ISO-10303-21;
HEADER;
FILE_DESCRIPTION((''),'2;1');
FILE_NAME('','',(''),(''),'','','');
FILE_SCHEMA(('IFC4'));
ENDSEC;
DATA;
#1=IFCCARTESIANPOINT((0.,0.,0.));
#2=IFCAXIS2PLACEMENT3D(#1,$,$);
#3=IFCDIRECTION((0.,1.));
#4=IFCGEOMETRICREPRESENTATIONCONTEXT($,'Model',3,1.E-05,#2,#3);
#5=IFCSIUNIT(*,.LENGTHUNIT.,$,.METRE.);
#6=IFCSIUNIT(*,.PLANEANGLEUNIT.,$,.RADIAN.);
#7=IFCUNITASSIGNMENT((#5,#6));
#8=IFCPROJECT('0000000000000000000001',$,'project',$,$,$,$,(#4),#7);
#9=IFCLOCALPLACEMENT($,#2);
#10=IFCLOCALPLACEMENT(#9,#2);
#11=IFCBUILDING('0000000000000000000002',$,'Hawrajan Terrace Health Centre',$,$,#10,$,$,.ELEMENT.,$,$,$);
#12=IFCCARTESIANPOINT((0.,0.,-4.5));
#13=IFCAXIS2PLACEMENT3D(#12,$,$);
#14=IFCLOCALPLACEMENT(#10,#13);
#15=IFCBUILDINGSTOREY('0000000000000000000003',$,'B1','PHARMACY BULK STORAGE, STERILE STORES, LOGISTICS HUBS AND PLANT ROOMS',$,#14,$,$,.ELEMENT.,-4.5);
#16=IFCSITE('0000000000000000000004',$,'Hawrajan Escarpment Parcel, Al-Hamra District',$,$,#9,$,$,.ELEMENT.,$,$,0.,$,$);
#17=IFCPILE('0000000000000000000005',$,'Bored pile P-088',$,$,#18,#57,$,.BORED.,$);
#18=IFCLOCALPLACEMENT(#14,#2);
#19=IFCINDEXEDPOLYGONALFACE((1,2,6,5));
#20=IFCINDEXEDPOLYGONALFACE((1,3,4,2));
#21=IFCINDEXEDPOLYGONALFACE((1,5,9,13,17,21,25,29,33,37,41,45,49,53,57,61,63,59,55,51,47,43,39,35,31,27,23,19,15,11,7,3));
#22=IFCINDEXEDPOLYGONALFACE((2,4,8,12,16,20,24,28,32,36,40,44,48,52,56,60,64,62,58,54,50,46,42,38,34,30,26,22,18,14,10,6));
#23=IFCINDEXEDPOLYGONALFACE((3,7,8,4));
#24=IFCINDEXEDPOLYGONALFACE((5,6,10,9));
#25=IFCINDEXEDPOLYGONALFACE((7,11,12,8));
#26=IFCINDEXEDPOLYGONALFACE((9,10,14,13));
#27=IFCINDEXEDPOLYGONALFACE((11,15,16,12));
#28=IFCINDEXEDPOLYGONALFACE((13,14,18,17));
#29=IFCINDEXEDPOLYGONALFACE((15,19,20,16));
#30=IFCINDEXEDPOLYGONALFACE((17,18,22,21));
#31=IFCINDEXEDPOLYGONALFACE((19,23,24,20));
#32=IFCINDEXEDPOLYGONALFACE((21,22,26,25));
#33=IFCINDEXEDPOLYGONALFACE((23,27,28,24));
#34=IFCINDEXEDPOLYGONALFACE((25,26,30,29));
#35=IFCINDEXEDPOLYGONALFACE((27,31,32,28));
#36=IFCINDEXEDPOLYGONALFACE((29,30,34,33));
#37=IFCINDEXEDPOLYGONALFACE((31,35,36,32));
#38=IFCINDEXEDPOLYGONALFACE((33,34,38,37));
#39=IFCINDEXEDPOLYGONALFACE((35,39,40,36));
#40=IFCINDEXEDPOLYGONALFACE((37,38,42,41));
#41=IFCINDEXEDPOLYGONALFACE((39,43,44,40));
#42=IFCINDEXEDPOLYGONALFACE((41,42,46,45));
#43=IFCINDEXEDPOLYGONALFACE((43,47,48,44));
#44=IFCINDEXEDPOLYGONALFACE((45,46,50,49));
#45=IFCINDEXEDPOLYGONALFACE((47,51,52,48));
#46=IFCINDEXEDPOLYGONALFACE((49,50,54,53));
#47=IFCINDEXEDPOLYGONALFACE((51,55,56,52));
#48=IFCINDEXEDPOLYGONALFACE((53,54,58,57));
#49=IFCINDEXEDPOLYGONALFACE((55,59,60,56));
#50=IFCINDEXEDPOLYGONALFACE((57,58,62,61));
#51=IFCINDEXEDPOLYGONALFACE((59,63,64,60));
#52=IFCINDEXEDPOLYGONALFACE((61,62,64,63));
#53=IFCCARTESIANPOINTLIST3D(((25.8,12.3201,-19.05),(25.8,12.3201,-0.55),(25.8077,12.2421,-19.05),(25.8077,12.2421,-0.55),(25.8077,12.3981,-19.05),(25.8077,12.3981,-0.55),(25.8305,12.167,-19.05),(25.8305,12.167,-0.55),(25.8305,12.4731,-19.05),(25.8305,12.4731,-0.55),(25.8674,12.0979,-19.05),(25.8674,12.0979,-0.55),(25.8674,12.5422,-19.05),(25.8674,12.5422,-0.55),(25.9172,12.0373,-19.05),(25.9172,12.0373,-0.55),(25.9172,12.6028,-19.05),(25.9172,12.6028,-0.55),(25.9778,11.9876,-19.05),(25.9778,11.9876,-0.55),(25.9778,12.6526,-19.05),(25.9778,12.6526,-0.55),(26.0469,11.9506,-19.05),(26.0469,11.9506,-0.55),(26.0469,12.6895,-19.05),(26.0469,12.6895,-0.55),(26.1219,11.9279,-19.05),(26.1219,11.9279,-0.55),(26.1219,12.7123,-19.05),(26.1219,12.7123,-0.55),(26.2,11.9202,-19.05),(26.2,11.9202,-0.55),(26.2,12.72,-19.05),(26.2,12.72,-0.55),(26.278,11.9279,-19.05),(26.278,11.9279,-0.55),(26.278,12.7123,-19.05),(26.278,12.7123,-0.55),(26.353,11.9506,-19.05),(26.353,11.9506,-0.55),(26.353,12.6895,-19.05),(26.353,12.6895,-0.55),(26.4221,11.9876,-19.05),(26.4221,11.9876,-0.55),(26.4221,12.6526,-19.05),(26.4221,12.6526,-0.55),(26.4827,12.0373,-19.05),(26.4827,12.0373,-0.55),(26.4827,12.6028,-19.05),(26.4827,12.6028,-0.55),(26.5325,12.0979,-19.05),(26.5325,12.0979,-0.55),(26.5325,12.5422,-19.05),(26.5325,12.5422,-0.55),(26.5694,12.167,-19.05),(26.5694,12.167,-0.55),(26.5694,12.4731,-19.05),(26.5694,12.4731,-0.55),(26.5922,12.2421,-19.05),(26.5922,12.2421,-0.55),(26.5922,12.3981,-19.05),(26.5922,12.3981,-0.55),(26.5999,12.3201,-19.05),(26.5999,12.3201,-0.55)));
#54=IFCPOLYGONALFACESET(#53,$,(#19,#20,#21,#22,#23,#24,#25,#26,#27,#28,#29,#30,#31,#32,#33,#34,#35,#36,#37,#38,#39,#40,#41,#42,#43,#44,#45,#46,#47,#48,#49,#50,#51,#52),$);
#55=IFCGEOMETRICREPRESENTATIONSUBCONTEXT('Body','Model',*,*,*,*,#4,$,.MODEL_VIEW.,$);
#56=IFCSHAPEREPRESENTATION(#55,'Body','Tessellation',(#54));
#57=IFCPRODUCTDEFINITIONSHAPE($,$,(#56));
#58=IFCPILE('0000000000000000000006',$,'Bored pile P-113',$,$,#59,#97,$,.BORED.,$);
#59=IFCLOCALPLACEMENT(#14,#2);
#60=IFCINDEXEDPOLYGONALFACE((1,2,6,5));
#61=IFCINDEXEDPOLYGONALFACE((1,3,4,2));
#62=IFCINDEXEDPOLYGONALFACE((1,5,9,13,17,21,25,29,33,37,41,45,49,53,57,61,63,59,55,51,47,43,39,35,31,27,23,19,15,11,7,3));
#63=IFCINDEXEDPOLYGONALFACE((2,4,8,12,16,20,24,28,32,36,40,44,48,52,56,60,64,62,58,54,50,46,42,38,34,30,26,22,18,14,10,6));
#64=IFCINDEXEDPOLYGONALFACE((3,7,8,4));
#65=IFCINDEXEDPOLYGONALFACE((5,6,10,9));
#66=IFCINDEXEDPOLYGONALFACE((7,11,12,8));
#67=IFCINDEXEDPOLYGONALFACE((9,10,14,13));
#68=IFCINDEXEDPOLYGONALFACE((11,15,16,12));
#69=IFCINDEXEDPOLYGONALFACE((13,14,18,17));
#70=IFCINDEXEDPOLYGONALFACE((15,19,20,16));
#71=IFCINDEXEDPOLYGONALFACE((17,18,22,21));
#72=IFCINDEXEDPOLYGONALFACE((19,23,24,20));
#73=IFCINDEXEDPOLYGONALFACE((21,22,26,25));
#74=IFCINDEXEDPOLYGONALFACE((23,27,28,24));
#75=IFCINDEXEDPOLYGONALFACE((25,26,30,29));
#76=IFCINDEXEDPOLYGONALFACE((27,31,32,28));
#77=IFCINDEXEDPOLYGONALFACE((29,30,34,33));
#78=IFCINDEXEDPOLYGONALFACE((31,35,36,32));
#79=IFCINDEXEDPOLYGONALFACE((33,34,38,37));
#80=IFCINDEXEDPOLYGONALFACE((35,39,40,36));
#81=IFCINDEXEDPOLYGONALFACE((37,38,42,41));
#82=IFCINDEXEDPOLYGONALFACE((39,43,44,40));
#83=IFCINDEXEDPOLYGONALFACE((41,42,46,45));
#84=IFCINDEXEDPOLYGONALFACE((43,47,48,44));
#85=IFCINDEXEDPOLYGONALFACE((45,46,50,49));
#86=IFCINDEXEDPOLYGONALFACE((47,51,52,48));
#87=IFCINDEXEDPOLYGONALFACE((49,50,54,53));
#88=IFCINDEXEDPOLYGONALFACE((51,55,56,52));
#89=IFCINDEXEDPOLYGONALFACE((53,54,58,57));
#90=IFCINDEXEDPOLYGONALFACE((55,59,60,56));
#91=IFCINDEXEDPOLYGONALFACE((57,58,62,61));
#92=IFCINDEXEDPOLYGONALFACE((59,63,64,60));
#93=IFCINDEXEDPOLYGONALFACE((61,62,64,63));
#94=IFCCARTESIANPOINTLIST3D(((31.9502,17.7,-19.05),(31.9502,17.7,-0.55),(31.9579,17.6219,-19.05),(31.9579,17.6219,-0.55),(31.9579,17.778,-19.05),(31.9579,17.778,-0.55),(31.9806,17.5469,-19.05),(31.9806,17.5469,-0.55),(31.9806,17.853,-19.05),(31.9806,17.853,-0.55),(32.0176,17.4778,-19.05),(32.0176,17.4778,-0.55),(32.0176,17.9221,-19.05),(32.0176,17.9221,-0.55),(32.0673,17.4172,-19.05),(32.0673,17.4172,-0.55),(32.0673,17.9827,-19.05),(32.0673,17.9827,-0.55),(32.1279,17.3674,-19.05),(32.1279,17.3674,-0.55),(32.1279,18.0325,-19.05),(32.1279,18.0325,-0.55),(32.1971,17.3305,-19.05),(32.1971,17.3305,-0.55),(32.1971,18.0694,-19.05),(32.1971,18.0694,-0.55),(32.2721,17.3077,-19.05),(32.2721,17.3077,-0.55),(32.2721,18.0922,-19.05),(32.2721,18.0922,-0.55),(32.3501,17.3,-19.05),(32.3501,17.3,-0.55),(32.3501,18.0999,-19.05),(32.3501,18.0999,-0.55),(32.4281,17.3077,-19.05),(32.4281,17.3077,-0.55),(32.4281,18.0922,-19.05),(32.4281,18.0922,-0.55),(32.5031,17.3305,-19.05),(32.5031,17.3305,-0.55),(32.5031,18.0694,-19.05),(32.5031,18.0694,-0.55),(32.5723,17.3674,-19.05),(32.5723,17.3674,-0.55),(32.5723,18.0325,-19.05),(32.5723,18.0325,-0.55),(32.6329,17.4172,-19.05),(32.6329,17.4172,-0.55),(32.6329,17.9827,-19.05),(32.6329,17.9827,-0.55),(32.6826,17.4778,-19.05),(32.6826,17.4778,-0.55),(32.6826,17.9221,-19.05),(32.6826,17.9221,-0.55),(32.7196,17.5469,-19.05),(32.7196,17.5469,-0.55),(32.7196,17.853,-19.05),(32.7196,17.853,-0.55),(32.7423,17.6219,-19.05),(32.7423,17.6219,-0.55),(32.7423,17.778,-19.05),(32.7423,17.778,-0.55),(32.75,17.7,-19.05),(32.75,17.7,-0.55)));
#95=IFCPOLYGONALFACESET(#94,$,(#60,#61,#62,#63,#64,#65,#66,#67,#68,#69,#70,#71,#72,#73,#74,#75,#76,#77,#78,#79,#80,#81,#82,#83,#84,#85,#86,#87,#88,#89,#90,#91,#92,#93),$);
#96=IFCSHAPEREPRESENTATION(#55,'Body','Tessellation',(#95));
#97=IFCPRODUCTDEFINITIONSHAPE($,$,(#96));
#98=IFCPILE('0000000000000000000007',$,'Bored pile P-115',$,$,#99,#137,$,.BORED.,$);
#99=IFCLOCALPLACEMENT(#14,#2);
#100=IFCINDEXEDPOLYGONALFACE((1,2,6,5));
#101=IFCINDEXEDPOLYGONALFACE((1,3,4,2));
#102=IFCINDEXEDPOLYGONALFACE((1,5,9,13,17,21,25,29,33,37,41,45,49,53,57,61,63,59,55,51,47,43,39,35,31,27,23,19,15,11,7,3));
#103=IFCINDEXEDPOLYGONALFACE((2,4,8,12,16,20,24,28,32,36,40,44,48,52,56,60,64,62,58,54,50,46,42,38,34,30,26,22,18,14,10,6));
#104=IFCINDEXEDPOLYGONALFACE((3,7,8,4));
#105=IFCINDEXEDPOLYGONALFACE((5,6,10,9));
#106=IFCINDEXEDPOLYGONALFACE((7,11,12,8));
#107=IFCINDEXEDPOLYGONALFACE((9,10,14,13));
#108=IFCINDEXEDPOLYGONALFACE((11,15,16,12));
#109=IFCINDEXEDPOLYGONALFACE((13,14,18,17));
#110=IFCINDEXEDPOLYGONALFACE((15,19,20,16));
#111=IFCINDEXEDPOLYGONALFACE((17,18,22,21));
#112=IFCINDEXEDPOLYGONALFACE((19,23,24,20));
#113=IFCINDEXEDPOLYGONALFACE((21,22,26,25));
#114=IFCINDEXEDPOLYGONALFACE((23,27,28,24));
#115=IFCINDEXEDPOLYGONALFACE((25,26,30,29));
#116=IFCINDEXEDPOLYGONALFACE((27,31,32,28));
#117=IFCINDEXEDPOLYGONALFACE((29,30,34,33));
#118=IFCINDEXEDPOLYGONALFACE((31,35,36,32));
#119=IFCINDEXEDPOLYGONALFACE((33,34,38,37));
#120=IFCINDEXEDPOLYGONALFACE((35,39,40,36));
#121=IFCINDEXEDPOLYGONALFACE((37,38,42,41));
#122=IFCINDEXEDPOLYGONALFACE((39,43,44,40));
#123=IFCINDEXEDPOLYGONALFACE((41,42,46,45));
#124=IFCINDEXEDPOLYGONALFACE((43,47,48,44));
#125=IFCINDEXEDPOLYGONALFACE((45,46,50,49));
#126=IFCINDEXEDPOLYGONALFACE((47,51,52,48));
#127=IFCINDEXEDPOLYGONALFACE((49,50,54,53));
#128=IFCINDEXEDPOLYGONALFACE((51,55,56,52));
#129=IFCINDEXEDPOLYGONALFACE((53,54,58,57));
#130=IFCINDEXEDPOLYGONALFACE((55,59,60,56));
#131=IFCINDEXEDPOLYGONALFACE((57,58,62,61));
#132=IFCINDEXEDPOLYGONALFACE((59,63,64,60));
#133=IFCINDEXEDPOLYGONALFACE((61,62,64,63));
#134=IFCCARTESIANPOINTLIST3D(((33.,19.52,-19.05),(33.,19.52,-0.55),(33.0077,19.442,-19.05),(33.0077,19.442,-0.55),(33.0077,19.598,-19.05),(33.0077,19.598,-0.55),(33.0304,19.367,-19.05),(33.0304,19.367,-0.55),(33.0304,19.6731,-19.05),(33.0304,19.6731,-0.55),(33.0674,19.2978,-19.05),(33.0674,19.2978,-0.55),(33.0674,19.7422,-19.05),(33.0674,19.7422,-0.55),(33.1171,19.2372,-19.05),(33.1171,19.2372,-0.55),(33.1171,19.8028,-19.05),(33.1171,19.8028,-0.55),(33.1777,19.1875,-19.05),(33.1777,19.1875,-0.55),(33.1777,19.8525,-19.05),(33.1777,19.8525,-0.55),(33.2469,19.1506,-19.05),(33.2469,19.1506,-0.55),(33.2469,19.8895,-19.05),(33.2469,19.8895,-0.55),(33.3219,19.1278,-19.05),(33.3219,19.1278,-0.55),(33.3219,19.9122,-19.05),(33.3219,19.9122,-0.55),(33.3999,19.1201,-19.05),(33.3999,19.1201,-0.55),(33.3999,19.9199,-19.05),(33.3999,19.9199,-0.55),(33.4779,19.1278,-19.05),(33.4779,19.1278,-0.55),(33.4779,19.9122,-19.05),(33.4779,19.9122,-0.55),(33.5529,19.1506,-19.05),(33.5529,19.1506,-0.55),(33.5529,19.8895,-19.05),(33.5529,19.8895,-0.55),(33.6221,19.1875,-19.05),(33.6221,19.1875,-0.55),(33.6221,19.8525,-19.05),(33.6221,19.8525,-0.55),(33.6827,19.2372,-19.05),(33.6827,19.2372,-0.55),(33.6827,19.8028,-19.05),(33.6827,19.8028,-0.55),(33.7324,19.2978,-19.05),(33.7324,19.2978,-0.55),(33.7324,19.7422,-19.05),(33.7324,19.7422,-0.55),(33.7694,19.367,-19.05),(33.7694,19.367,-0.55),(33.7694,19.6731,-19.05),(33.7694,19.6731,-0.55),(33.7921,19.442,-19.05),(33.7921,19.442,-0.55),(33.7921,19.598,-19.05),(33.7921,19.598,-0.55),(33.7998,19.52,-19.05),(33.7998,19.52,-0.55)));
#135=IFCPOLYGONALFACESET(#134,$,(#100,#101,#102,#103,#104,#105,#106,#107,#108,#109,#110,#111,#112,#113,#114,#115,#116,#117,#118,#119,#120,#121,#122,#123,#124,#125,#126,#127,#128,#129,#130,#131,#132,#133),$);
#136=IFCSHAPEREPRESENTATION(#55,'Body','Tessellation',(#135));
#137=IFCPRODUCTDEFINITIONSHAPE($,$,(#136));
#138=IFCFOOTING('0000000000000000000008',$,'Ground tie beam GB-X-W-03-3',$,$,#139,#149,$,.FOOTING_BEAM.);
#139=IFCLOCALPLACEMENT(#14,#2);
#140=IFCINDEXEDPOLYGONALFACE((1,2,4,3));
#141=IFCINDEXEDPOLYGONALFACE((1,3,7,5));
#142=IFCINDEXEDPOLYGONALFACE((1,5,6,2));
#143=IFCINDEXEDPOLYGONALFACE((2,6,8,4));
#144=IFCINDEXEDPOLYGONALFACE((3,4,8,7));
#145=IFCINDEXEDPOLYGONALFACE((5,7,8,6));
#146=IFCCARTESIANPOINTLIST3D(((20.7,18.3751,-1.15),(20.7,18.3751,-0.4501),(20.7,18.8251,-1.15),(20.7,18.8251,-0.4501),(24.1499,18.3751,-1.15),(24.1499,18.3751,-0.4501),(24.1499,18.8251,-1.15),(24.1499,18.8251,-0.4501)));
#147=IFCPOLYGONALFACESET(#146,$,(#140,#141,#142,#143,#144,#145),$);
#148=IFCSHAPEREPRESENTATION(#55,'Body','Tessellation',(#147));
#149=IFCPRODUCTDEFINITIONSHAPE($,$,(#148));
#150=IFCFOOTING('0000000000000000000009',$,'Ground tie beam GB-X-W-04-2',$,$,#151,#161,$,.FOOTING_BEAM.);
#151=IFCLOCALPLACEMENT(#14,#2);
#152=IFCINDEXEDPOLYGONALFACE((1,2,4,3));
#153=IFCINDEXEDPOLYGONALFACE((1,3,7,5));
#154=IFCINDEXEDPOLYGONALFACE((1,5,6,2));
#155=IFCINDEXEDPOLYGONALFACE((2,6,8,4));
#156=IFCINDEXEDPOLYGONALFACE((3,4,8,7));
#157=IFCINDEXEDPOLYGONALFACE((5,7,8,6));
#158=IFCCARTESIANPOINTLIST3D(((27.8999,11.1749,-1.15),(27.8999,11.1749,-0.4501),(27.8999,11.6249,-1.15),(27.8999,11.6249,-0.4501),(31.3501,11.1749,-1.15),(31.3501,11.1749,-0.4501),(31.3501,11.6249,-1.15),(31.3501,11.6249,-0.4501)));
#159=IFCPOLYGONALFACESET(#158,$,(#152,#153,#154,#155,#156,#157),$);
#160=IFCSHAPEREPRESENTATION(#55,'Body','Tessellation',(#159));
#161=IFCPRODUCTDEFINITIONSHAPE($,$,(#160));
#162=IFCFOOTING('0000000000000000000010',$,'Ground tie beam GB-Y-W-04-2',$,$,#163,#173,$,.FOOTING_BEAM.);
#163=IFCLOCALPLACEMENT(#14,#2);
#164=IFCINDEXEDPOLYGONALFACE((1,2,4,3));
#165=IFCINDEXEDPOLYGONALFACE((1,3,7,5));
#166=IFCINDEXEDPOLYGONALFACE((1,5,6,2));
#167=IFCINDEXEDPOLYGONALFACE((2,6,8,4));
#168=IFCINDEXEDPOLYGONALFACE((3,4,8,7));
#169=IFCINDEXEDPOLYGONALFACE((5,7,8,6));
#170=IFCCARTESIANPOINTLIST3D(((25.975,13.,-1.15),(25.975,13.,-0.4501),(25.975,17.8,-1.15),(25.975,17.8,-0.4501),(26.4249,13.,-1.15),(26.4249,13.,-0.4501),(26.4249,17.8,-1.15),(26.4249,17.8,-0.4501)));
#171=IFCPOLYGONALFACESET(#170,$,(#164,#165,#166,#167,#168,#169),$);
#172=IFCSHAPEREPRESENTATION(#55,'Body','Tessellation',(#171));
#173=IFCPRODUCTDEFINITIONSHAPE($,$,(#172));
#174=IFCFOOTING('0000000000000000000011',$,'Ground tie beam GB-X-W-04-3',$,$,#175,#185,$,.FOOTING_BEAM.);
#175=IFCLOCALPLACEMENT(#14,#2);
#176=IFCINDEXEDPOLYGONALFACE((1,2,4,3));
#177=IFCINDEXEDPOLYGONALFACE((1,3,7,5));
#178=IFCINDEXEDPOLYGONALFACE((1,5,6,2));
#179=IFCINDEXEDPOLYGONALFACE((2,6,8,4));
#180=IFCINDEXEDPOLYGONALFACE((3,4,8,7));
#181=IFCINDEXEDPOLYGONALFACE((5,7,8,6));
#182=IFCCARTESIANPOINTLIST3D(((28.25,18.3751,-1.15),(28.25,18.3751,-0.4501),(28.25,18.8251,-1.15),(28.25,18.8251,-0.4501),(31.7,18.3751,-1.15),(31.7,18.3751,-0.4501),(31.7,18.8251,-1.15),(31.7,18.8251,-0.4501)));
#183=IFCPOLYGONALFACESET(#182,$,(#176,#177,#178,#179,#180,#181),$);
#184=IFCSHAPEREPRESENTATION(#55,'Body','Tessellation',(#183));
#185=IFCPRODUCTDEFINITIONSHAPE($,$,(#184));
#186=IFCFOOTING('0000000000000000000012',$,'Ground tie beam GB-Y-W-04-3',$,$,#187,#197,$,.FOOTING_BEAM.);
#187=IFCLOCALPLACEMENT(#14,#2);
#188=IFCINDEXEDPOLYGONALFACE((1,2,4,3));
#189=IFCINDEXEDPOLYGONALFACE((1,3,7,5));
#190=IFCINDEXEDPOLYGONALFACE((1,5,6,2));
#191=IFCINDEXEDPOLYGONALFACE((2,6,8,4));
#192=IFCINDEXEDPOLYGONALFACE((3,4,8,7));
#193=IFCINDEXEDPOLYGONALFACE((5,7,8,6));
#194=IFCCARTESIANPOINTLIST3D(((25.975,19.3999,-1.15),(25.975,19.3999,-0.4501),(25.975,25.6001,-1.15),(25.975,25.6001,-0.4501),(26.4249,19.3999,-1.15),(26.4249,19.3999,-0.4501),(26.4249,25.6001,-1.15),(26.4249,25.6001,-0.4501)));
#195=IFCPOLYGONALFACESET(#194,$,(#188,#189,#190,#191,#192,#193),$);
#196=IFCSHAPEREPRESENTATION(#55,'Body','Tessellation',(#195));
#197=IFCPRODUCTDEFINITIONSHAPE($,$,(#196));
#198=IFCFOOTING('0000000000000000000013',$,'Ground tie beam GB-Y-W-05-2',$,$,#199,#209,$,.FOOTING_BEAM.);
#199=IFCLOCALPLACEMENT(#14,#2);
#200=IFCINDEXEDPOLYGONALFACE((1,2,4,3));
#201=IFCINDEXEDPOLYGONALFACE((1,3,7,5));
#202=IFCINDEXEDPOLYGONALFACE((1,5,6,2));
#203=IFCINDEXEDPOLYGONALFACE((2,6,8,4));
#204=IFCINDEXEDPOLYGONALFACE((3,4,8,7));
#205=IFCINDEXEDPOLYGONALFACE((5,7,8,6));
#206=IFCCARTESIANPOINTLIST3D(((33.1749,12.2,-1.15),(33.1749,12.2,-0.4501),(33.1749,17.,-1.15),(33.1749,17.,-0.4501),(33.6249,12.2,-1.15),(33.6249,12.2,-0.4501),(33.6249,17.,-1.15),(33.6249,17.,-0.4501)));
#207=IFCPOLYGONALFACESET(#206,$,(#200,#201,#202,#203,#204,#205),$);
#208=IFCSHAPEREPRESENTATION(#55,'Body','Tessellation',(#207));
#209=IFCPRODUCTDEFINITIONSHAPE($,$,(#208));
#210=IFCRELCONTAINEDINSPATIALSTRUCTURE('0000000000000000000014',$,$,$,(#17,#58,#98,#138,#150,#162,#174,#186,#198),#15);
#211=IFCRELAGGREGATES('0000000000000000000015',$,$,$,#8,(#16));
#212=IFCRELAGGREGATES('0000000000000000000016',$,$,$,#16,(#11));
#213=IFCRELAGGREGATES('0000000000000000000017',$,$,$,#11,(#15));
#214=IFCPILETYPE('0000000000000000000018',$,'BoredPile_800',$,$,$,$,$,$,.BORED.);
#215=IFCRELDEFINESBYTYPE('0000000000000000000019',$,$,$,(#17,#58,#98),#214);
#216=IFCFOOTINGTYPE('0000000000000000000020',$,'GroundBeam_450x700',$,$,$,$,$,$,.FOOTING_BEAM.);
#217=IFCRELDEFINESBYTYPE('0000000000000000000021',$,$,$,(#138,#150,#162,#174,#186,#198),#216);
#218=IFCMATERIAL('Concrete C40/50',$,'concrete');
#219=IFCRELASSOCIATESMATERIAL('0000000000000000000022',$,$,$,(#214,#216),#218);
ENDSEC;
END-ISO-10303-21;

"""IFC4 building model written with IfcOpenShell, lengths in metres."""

from ifc_helpers import new_model, si_unit, direction, frame, origin, origin_2d, place, context, subcontext, project, spatial, rectangle, circle, extrude, material, material_profile, profile_set, type_object, element, save


model = new_model("IFC4")

# Units and contexts
model_context = context("Model", 3, precision=1e-05, world=origin(), true_north=direction((0.0, 1.0)))
body_context = subcontext(model_context, "Body", "Model", "MODEL_VIEW")
ifc_project = project(units=[si_unit("LENGTHUNIT", "METRE"), si_unit("PLANEANGLEUNIT", "RADIAN")], contexts=[model_context])

# Site, building, storey
site_placement = place(None, origin())
site = spatial("IfcSite", under=ifc_project, at=site_placement, Name="Hawrajan Escarpment Parcel, Al-Hamra District", CompositionType="ELEMENT", RefElevation=0.0)
building_placement = place(site_placement, origin())
building = spatial("IfcBuilding", under=site, at=building_placement, Name="Hawrajan Terrace Health Centre", CompositionType="ELEMENT")
storey_placement = place(building_placement, frame((0.0, 0.0, -4.5)))
storey = spatial("IfcBuildingStorey", under=building, at=storey_placement, Name="B1", Description="PHARMACY BULK STORAGE, STERILE STORES, LOGISTICS HUBS AND PLANT ROOMS", CompositionType="ELEMENT", Elevation=-4.5)

# Piles
ifc_material_1 = material(Name="Concrete C40/50", Category="concrete")
ifc_material_profile_1 = material_profile(ifc_material_1, circle(Radius=0.3999, at=origin_2d()), Name="BP 800")
ifc_profile_set_1 = profile_set([ifc_material_profile_1], Name="Concrete C40/50")
pile_type_1 = type_object("IfcPileType", Name="BoredPile_800", PredefinedType="BORED", material=ifc_profile_set_1)
for number, where, z_axis, x_axis, name in (
    (1, (26.2, 12.3201, -0.55), (0.0, 0.0, -1.0), (1.0, 0.0, 0.0), "Bored pile P-088"),
    (2, (32.3501, 17.7, -0.55), (0.0, 0.0, -1.0), (1.0, 0.0, 0.0), "Bored pile P-113"),
    (3, (33.3999, 19.52, -0.55), (0.0, 0.0, -1.0), (1.0, 0.0, 0.0), "Bored pile P-115"),
):
    element("IfcPile", number, at=place(storey_placement, frame(where, z_axis=z_axis, x_axis=x_axis)), inside=storey, type_object=pile_type_1, Name=name, PredefinedType="BORED", context=body_context, shape_type="SweptSolid", body=[
        extrude(circle(Radius=0.3999, at=origin_2d()), origin(), (0.0, 0.0, 1.0), 18.5),
    ])

# Footings
ifc_material_profile_2 = material_profile(ifc_material_1, rectangle(XDim=0.45, YDim=0.7, at=origin_2d()), Name="RC BM 450x700")
ifc_profile_set_2 = profile_set([ifc_material_profile_2], Name="Concrete C40/50")
footing_type_1 = type_object("IfcFootingType", Name="GroundBeam_450x700", PredefinedType="FOOTING_BEAM", material=ifc_profile_set_2)
footing_1_placement = place(storey_placement, frame((20.7, 18.6001, -0.8), z_axis=(1.0, 0.0, 0.0), x_axis=(0.0, 1.0, 0.0)))
element("IfcFooting", 4, at=footing_1_placement, inside=storey, type_object=footing_type_1, Name="Ground tie beam GB-X-W-03-3", PredefinedType="FOOTING_BEAM", context=body_context, shape_type="SweptSolid", body=[
    extrude(rectangle(XDim=0.45, YDim=0.7, at=origin_2d()), origin(), (0.0, 0.0, 1.0), 3.45),
])
footing_2_placement = place(storey_placement, frame((27.8999, 11.3999, -0.8), z_axis=(1.0, 0.0, 0.0), x_axis=(0.0, 1.0, 0.0)))
element("IfcFooting", 5, at=footing_2_placement, inside=storey, type_object=footing_type_1, Name="Ground tie beam GB-X-W-04-2", PredefinedType="FOOTING_BEAM", context=body_context, shape_type="SweptSolid", body=[
    extrude(rectangle(XDim=0.45, YDim=0.7, at=origin_2d()), origin(), (0.0, 0.0, 1.0), 3.4502),
])
footing_3_placement = place(storey_placement, frame((26.2, 13.0, -0.8), z_axis=(0.0, 1.0, 0.0), x_axis=(-1.0, 0.0, 0.0)))
element("IfcFooting", 6, at=footing_3_placement, inside=storey, type_object=footing_type_1, Name="Ground tie beam GB-Y-W-04-2", PredefinedType="FOOTING_BEAM", context=body_context, shape_type="SweptSolid", body=[
    extrude(rectangle(XDim=0.45, YDim=0.7, at=origin_2d()), origin(), (0.0, 0.0, 1.0), 4.8),
])
footing_4_placement = place(storey_placement, frame((28.25, 18.6001, -0.8), z_axis=(1.0, 0.0, 0.0), x_axis=(0.0, 1.0, 0.0)))
element("IfcFooting", 7, at=footing_4_placement, inside=storey, type_object=footing_type_1, Name="Ground tie beam GB-X-W-04-3", PredefinedType="FOOTING_BEAM", context=body_context, shape_type="SweptSolid", body=[
    extrude(rectangle(XDim=0.45, YDim=0.7, at=origin_2d()), origin(), (0.0, 0.0, 1.0), 3.45),
])
footing_5_placement = place(storey_placement, frame((26.2, 19.3999, -0.8), z_axis=(0.0, 1.0, 0.0), x_axis=(-1.0, 0.0, 0.0)))
element("IfcFooting", 8, at=footing_5_placement, inside=storey, type_object=footing_type_1, Name="Ground tie beam GB-Y-W-04-3", PredefinedType="FOOTING_BEAM", context=body_context, shape_type="SweptSolid", body=[
    extrude(rectangle(XDim=0.45, YDim=0.7, at=origin_2d()), origin(), (0.0, 0.0, 1.0), 6.2002),
])
footing_6_placement = place(storey_placement, frame((33.3999, 12.2, -0.8), z_axis=(0.0, 1.0, 0.0), x_axis=(-1.0, 0.0, 0.0)))
element("IfcFooting", 9, at=footing_6_placement, inside=storey, type_object=footing_type_1, Name="Ground tie beam GB-Y-W-05-2", PredefinedType="FOOTING_BEAM", context=body_context, shape_type="SweptSolid", body=[
    extrude(rectangle(XDim=0.45, YDim=0.7, at=origin_2d()), origin(), (0.0, 0.0, 1.0), 4.8),
])

save(model, "model.ifc")
